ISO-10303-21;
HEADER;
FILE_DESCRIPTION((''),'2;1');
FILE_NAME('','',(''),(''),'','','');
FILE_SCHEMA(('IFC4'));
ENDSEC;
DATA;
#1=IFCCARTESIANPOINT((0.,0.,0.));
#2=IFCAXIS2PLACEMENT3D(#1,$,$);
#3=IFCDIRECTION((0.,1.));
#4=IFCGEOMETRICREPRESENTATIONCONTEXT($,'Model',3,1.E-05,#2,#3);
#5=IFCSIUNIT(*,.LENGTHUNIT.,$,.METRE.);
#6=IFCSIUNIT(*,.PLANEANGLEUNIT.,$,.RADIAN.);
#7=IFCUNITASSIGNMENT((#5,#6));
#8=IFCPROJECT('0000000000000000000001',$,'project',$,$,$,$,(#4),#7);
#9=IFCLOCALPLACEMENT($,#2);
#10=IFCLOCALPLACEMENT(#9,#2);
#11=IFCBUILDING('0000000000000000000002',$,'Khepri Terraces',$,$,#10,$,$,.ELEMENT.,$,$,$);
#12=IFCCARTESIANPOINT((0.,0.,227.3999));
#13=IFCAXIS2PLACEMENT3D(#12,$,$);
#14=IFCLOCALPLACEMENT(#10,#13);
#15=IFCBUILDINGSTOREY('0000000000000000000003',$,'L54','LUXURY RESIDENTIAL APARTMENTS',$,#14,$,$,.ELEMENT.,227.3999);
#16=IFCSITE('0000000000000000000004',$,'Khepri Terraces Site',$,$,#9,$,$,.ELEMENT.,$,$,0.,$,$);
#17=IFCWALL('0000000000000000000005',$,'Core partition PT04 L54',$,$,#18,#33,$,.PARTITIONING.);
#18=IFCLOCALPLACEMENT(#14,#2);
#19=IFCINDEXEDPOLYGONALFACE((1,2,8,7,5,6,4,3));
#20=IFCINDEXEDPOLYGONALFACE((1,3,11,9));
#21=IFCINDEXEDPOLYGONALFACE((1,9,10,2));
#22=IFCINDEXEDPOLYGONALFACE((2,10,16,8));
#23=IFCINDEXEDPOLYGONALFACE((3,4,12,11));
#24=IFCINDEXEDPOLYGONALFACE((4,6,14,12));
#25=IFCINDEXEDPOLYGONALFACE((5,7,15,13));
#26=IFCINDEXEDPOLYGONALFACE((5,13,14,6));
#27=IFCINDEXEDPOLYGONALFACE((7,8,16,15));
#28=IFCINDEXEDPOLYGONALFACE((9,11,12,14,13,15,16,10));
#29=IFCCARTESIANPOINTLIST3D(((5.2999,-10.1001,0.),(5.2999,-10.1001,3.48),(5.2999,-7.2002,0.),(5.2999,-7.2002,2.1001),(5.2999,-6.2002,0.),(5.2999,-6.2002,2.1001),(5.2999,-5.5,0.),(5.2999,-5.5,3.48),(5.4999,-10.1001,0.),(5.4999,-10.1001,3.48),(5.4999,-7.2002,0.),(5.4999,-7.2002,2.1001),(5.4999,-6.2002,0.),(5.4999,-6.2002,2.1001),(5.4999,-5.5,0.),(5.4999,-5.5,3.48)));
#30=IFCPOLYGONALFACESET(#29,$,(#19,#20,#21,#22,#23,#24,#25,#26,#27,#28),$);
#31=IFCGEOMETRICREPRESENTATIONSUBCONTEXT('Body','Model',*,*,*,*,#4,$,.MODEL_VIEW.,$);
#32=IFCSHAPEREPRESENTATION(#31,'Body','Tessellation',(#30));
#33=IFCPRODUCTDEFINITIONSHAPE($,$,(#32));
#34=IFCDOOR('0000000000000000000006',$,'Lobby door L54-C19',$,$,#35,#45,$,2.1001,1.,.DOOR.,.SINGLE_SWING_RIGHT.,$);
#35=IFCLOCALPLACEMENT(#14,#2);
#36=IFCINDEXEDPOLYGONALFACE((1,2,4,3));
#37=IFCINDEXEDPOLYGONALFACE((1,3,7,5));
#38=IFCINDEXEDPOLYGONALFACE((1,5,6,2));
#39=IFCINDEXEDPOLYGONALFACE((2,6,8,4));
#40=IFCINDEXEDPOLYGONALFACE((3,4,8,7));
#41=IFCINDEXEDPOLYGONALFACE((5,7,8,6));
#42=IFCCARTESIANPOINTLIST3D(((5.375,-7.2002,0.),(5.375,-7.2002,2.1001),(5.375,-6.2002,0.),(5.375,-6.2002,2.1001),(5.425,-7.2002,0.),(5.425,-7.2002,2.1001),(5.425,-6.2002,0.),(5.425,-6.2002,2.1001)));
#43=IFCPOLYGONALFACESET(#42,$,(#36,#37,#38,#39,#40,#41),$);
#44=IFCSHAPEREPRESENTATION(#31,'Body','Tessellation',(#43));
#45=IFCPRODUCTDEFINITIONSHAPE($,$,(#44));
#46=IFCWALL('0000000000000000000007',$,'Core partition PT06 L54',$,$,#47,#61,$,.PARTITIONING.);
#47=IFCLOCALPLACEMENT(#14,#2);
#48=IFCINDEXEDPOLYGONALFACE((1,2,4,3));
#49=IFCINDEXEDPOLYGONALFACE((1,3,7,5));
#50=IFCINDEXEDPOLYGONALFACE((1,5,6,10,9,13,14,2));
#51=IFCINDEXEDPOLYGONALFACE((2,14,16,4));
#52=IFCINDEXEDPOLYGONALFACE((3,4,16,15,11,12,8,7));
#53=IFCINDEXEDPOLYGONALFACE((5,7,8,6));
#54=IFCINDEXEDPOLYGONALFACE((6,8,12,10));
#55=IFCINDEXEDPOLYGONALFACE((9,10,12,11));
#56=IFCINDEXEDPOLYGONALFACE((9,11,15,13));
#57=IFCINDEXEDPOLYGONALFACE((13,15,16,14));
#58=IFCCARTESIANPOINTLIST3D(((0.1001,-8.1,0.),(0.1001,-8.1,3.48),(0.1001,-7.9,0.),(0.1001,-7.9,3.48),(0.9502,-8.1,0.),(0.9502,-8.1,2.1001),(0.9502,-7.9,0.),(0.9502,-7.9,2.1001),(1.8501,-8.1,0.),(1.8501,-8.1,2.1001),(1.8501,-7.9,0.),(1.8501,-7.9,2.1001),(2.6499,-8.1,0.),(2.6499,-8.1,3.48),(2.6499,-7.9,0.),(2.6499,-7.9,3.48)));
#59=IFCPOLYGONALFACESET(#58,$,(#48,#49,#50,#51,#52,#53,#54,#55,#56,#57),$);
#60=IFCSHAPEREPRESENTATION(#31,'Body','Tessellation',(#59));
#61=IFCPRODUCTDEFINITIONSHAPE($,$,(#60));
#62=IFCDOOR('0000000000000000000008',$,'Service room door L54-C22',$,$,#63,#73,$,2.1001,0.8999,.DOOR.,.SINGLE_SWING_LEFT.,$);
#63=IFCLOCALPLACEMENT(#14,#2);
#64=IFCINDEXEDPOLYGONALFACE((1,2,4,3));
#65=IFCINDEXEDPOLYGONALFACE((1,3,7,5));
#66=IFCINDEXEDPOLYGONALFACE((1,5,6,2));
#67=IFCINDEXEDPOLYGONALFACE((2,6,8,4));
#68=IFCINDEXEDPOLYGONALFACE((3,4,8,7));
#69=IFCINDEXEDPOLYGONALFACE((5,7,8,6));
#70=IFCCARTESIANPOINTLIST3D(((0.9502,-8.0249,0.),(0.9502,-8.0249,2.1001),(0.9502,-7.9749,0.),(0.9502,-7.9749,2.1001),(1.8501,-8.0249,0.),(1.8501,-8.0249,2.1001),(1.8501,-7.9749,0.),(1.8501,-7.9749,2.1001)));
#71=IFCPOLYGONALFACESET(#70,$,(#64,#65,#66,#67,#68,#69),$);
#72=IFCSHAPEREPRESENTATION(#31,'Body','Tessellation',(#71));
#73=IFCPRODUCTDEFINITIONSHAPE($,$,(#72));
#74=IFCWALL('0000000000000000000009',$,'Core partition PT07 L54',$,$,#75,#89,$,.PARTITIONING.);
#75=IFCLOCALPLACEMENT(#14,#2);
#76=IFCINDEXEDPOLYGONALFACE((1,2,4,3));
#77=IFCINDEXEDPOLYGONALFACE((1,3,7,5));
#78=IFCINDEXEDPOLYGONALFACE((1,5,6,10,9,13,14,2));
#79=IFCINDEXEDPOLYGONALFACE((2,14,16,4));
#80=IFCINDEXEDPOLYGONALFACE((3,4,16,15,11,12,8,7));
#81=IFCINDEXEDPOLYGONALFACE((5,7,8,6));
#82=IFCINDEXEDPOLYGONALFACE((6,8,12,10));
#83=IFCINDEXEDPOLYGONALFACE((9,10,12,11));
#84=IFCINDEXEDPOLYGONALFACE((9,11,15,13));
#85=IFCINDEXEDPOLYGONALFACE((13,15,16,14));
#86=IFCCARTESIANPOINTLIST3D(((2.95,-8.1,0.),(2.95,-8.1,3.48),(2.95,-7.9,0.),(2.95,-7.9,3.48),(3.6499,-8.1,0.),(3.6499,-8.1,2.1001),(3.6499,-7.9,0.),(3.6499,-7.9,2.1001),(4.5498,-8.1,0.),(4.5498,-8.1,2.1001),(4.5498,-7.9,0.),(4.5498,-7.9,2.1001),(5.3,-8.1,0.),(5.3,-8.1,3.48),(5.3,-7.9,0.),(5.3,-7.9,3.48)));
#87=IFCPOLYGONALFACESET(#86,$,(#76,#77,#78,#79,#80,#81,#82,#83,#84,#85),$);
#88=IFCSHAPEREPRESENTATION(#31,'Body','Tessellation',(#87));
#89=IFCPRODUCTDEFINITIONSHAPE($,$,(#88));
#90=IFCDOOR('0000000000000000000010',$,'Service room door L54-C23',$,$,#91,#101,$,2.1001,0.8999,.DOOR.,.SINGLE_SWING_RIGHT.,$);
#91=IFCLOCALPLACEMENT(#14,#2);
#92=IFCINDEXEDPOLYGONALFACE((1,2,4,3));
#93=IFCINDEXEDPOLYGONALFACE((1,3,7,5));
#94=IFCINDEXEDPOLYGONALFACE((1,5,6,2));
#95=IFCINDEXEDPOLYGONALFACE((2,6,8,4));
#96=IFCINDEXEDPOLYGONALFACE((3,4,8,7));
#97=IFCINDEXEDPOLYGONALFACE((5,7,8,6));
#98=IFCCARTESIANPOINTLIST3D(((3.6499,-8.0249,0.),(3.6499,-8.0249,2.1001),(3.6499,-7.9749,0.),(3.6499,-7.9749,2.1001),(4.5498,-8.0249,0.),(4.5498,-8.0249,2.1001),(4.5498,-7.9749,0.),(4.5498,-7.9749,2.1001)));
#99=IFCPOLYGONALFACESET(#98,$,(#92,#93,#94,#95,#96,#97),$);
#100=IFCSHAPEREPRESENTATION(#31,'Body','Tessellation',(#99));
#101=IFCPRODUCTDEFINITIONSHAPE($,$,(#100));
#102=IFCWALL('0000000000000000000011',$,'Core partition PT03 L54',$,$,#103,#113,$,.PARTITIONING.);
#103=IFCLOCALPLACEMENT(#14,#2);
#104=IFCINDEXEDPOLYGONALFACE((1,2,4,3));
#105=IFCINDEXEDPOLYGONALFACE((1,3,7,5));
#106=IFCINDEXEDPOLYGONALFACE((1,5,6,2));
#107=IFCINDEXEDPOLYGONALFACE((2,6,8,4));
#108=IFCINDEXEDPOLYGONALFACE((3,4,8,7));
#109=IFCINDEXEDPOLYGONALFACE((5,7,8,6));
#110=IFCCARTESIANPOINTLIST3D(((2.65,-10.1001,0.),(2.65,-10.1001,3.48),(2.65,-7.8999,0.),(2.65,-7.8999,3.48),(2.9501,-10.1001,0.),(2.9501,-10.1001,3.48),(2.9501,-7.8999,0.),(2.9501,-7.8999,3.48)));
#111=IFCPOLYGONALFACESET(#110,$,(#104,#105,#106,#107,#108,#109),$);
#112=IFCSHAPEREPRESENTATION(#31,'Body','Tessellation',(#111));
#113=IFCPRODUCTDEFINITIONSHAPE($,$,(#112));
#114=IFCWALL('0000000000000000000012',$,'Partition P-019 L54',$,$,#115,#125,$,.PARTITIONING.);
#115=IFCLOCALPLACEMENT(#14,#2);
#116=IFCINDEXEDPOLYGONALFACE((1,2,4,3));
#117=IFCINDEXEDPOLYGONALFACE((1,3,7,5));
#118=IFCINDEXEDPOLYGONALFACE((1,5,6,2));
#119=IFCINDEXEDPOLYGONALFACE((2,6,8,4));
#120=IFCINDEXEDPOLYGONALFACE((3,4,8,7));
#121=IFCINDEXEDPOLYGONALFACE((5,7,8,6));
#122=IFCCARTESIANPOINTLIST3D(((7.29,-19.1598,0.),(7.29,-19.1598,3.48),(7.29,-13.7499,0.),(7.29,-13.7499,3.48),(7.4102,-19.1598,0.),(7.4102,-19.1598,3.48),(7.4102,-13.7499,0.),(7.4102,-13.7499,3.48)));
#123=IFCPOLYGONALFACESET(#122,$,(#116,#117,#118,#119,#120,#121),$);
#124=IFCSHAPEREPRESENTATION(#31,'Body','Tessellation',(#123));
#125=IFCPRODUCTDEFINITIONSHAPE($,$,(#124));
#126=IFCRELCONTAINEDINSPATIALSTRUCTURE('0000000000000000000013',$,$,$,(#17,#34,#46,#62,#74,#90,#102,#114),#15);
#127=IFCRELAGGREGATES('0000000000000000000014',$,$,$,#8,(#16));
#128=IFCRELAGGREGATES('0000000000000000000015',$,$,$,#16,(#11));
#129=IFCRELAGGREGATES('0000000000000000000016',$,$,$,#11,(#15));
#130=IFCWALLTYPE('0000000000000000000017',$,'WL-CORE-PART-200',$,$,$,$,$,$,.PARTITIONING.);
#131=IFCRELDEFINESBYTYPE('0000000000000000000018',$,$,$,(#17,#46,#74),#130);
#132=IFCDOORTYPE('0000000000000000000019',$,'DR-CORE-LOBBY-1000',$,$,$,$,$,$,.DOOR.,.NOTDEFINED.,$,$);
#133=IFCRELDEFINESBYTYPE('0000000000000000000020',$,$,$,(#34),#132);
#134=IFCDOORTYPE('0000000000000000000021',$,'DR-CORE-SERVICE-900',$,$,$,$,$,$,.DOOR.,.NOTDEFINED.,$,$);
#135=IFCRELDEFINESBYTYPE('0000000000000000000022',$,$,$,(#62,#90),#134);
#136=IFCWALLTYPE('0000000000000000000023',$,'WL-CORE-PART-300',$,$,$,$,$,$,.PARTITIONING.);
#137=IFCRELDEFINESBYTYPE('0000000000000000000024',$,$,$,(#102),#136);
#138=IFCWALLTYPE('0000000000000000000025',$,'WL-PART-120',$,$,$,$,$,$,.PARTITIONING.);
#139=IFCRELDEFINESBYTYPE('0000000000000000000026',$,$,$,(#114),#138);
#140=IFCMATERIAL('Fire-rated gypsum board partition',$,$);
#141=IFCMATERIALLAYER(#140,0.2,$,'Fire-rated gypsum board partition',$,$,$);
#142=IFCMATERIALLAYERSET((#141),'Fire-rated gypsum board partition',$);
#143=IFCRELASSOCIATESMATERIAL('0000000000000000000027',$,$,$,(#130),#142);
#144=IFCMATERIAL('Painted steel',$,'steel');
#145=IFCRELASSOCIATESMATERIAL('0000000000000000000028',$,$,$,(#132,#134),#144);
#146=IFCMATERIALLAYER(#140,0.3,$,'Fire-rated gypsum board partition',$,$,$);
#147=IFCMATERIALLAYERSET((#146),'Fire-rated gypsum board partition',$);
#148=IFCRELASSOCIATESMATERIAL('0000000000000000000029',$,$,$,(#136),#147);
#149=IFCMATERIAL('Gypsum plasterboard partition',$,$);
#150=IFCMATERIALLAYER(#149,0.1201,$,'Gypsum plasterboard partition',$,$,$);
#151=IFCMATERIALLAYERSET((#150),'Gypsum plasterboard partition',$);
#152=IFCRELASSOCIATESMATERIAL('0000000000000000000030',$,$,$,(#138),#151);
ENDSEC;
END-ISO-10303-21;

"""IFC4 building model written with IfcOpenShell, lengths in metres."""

from ifc_helpers import new_model, si_unit, direction, frame, frame_2d, origin, place, context, subcontext, project, spatial, rectangle, extrude, material, layer, layer_set, type_object, element, fill, save


model = new_model("IFC4")

# Units and contexts
model_context = context("Model", 3, precision=1e-05, world=origin(), true_north=direction((0.0, 1.0)))
body_context = subcontext(model_context, "Body", "Model", "MODEL_VIEW")
ifc_project = project(units=[si_unit("LENGTHUNIT", "METRE"), si_unit("PLANEANGLEUNIT", "RADIAN")], contexts=[model_context])

# Site, building, storey
site_placement = place(None, origin())
site = spatial("IfcSite", under=ifc_project, at=site_placement, Name="Khepri Terraces Site", CompositionType="ELEMENT", RefElevation=0.0)
building_placement = place(site_placement, origin())
building = spatial("IfcBuilding", under=site, at=building_placement, Name="Khepri Terraces", CompositionType="ELEMENT")
storey_placement = place(building_placement, frame((0.0, 0.0, 227.3999)))
storey = spatial("IfcBuildingStorey", under=building, at=storey_placement, Name="L54", Description="LUXURY RESIDENTIAL APARTMENTS", CompositionType="ELEMENT", Elevation=227.3999)

# Shared definitions
ifc_material_1 = material(Name="Fire-rated gypsum board partition")
ifc_layer_1 = layer(ifc_material_1, 0.2, Name="Fire-rated gypsum board partition")
ifc_layer_set_1 = layer_set([ifc_layer_1], Name="Fire-rated gypsum board partition")
wall_type_1 = type_object("IfcWallType", Name="WL-CORE-PART-200", PredefinedType="PARTITIONING", material=ifc_layer_set_1)

# Walls, openings, doors
wall_1_placement = place(storey_placement, frame((5.3999, -10.1001, 0.0), z_axis=(0.0, 0.0, 1.0), x_axis=(0.0, 1.0, 0.0)))
wall_1 = element("IfcWall", 1, at=wall_1_placement, inside=storey, type_object=wall_type_1, Name="Core partition PT04 L54", PredefinedType="PARTITIONING", context=body_context, shape_type="SweptSolid", body=[
    extrude(rectangle(XDim=4.6001, YDim=0.2, at=frame_2d((2.3, 0.0))), origin(), (0.0, 0.0, 1.0), 3.48),
])
opening_1_placement = place(wall_1_placement, frame((2.8999, 0.0, 0.0)))
opening_1 = element("IfcOpeningElement", 2, at=opening_1_placement, cuts=wall_1, PredefinedType="OPENING", context=body_context, shape_type="SweptSolid", body=[
    extrude(rectangle(XDim=1.0, YDim=2.1001, at=frame_2d((0.5, 1.05))), frame((0.0, 0.1099, 0.0), z_axis=(0.0, -1.0, 0.0), x_axis=(1.0, 0.0, 0.0)), (0.0, 0.0, 1.0), 0.22),
])
ifc_material_2 = material(Name="Painted steel", Category="steel")
door_type_1 = type_object("IfcDoorType", Name="DR-CORE-LOBBY-1000", OperationType="NOTDEFINED", PredefinedType="DOOR", material=ifc_material_2)
door_1_placement = place(opening_1_placement, origin())
door_1 = element("IfcDoor", 3, at=door_1_placement, inside=storey, type_object=door_type_1, Name="Lobby door L54-C19", OperationType="SINGLE_SWING_RIGHT", OverallHeight=2.1001, OverallWidth=1.0, PredefinedType="DOOR", context=body_context, shape_type="SweptSolid", body=[
    extrude(rectangle(XDim=1.0, YDim=2.1001, at=frame_2d((0.5, 1.05))), frame((0.0, 0.0249, 0.0), z_axis=(0.0, -1.0, 0.0), x_axis=(1.0, 0.0, 0.0)), (0.0, 0.0, 1.0), 0.05),
])
fill(opening_1, door_1)
wall_2_placement = place(storey_placement, frame((0.1001, -8.0, 0.0), z_axis=(0.0, 0.0, 1.0), x_axis=(1.0, 0.0, 0.0)))
wall_2 = element("IfcWall", 4, at=wall_2_placement, inside=storey, type_object=wall_type_1, Name="Core partition PT06 L54", PredefinedType="PARTITIONING", context=body_context, shape_type="SweptSolid", body=[
    extrude(rectangle(XDim=2.5498, YDim=0.2, at=frame_2d((1.2749, 0.0))), origin(), (0.0, 0.0, 1.0), 3.48),
])
opening_2_placement = place(wall_2_placement, frame((0.8501, 0.0, 0.0)))
opening_2 = element("IfcOpeningElement", 5, at=opening_2_placement, cuts=wall_2, PredefinedType="OPENING", context=body_context, shape_type="SweptSolid", body=[
    extrude(rectangle(XDim=0.8999, YDim=2.1001, at=frame_2d((0.45, 1.05))), frame((0.0, 0.1099, 0.0), z_axis=(0.0, -1.0, 0.0), x_axis=(1.0, 0.0, 0.0)), (0.0, 0.0, 1.0), 0.22),
])
door_type_2 = type_object("IfcDoorType", Name="DR-CORE-SERVICE-900", OperationType="NOTDEFINED", PredefinedType="DOOR", material=ifc_material_2)
door_2_placement = place(opening_2_placement, frame((0.8999, 0.0, 0.0), z_axis=(0.0, 0.0, 1.0), x_axis=(-1.0, 0.0, 0.0)))
door_2 = element("IfcDoor", 6, at=door_2_placement, inside=storey, type_object=door_type_2, Name="Service room door L54-C22", OperationType="SINGLE_SWING_LEFT", OverallHeight=2.1001, OverallWidth=0.8999, PredefinedType="DOOR", context=body_context, shape_type="SweptSolid", body=[
    extrude(rectangle(XDim=0.8999, YDim=2.1001, at=frame_2d((0.45, 1.05))), frame((0.0, 0.0249, 0.0), z_axis=(0.0, -1.0, 0.0), x_axis=(1.0, 0.0, 0.0)), (0.0, 0.0, 1.0), 0.05),
])
fill(opening_2, door_2)
wall_3_placement = place(storey_placement, frame((2.95, -8.0, 0.0), z_axis=(0.0, 0.0, 1.0), x_axis=(1.0, 0.0, 0.0)))
wall_3 = element("IfcWall", 7, at=wall_3_placement, inside=storey, type_object=wall_type_1, Name="Core partition PT07 L54", PredefinedType="PARTITIONING", context=body_context, shape_type="SweptSolid", body=[
    extrude(rectangle(XDim=2.3501, YDim=0.2, at=frame_2d((1.175, 0.0))), origin(), (0.0, 0.0, 1.0), 3.48),
])
opening_3_placement = place(wall_3_placement, frame((0.7, 0.0, 0.0)))
opening_3 = element("IfcOpeningElement", 8, at=opening_3_placement, cuts=wall_3, PredefinedType="OPENING", context=body_context, shape_type="SweptSolid", body=[
    extrude(rectangle(XDim=0.8999, YDim=2.1001, at=frame_2d((0.45, 1.05))), frame((0.0, 0.1099, 0.0), z_axis=(0.0, -1.0, 0.0), x_axis=(1.0, 0.0, 0.0)), (0.0, 0.0, 1.0), 0.22),
])
door_3_placement = place(opening_3_placement, frame((0.8999, 0.0, 0.0), z_axis=(0.0, 0.0, 1.0), x_axis=(-1.0, 0.0, 0.0)))
door_3 = element("IfcDoor", 9, at=door_3_placement, inside=storey, type_object=door_type_2, Name="Service room door L54-C23", OperationType="SINGLE_SWING_RIGHT", OverallHeight=2.1001, OverallWidth=0.8999, PredefinedType="DOOR", context=body_context, shape_type="SweptSolid", body=[
    extrude(rectangle(XDim=0.8999, YDim=2.1001, at=frame_2d((0.45, 1.05))), frame((0.0, 0.0249, 0.0), z_axis=(0.0, -1.0, 0.0), x_axis=(1.0, 0.0, 0.0)), (0.0, 0.0, 1.0), 0.05),
])
fill(opening_3, door_3)

# Walls
ifc_layer_2 = layer(ifc_material_1, 0.3, Name="Fire-rated gypsum board partition")
ifc_layer_set_2 = layer_set([ifc_layer_2], Name="Fire-rated gypsum board partition")
wall_type_2 = type_object("IfcWallType", Name="WL-CORE-PART-300", PredefinedType="PARTITIONING", material=ifc_layer_set_2)
wall_4_placement = place(storey_placement, frame((2.8, -10.1001, 0.0), z_axis=(0.0, 0.0, 1.0), x_axis=(0.0, 1.0, 0.0)))
element("IfcWall", 10, at=wall_4_placement, inside=storey, type_object=wall_type_2, Name="Core partition PT03 L54", PredefinedType="PARTITIONING", context=body_context, shape_type="SweptSolid", body=[
    extrude(rectangle(XDim=2.2002, YDim=0.3, at=frame_2d((1.1001, 0.0))), origin(), (0.0, 0.0, 1.0), 3.48),
])
ifc_material_3 = material(Name="Gypsum plasterboard partition")
ifc_layer_3 = layer(ifc_material_3, 0.1201, Name="Gypsum plasterboard partition")
ifc_layer_set_3 = layer_set([ifc_layer_3], Name="Gypsum plasterboard partition")
wall_type_3 = type_object("IfcWallType", Name="WL-PART-120", PredefinedType="PARTITIONING", material=ifc_layer_set_3)
wall_5_placement = place(storey_placement, frame((7.3501, -19.1599, 0.0), z_axis=(0.0, 0.0, 1.0), x_axis=(0.0, 1.0, 0.0)))
element("IfcWall", 11, at=wall_5_placement, inside=storey, type_object=wall_type_3, Name="Partition P-019 L54", PredefinedType="PARTITIONING", context=body_context, shape_type="SweptSolid", body=[
    extrude(rectangle(XDim=5.4099, YDim=0.1201, at=frame_2d((2.7051, 0.0))), origin(), (0.0, 0.0, 1.0), 3.48),
])

save(model, "model.ifc")
